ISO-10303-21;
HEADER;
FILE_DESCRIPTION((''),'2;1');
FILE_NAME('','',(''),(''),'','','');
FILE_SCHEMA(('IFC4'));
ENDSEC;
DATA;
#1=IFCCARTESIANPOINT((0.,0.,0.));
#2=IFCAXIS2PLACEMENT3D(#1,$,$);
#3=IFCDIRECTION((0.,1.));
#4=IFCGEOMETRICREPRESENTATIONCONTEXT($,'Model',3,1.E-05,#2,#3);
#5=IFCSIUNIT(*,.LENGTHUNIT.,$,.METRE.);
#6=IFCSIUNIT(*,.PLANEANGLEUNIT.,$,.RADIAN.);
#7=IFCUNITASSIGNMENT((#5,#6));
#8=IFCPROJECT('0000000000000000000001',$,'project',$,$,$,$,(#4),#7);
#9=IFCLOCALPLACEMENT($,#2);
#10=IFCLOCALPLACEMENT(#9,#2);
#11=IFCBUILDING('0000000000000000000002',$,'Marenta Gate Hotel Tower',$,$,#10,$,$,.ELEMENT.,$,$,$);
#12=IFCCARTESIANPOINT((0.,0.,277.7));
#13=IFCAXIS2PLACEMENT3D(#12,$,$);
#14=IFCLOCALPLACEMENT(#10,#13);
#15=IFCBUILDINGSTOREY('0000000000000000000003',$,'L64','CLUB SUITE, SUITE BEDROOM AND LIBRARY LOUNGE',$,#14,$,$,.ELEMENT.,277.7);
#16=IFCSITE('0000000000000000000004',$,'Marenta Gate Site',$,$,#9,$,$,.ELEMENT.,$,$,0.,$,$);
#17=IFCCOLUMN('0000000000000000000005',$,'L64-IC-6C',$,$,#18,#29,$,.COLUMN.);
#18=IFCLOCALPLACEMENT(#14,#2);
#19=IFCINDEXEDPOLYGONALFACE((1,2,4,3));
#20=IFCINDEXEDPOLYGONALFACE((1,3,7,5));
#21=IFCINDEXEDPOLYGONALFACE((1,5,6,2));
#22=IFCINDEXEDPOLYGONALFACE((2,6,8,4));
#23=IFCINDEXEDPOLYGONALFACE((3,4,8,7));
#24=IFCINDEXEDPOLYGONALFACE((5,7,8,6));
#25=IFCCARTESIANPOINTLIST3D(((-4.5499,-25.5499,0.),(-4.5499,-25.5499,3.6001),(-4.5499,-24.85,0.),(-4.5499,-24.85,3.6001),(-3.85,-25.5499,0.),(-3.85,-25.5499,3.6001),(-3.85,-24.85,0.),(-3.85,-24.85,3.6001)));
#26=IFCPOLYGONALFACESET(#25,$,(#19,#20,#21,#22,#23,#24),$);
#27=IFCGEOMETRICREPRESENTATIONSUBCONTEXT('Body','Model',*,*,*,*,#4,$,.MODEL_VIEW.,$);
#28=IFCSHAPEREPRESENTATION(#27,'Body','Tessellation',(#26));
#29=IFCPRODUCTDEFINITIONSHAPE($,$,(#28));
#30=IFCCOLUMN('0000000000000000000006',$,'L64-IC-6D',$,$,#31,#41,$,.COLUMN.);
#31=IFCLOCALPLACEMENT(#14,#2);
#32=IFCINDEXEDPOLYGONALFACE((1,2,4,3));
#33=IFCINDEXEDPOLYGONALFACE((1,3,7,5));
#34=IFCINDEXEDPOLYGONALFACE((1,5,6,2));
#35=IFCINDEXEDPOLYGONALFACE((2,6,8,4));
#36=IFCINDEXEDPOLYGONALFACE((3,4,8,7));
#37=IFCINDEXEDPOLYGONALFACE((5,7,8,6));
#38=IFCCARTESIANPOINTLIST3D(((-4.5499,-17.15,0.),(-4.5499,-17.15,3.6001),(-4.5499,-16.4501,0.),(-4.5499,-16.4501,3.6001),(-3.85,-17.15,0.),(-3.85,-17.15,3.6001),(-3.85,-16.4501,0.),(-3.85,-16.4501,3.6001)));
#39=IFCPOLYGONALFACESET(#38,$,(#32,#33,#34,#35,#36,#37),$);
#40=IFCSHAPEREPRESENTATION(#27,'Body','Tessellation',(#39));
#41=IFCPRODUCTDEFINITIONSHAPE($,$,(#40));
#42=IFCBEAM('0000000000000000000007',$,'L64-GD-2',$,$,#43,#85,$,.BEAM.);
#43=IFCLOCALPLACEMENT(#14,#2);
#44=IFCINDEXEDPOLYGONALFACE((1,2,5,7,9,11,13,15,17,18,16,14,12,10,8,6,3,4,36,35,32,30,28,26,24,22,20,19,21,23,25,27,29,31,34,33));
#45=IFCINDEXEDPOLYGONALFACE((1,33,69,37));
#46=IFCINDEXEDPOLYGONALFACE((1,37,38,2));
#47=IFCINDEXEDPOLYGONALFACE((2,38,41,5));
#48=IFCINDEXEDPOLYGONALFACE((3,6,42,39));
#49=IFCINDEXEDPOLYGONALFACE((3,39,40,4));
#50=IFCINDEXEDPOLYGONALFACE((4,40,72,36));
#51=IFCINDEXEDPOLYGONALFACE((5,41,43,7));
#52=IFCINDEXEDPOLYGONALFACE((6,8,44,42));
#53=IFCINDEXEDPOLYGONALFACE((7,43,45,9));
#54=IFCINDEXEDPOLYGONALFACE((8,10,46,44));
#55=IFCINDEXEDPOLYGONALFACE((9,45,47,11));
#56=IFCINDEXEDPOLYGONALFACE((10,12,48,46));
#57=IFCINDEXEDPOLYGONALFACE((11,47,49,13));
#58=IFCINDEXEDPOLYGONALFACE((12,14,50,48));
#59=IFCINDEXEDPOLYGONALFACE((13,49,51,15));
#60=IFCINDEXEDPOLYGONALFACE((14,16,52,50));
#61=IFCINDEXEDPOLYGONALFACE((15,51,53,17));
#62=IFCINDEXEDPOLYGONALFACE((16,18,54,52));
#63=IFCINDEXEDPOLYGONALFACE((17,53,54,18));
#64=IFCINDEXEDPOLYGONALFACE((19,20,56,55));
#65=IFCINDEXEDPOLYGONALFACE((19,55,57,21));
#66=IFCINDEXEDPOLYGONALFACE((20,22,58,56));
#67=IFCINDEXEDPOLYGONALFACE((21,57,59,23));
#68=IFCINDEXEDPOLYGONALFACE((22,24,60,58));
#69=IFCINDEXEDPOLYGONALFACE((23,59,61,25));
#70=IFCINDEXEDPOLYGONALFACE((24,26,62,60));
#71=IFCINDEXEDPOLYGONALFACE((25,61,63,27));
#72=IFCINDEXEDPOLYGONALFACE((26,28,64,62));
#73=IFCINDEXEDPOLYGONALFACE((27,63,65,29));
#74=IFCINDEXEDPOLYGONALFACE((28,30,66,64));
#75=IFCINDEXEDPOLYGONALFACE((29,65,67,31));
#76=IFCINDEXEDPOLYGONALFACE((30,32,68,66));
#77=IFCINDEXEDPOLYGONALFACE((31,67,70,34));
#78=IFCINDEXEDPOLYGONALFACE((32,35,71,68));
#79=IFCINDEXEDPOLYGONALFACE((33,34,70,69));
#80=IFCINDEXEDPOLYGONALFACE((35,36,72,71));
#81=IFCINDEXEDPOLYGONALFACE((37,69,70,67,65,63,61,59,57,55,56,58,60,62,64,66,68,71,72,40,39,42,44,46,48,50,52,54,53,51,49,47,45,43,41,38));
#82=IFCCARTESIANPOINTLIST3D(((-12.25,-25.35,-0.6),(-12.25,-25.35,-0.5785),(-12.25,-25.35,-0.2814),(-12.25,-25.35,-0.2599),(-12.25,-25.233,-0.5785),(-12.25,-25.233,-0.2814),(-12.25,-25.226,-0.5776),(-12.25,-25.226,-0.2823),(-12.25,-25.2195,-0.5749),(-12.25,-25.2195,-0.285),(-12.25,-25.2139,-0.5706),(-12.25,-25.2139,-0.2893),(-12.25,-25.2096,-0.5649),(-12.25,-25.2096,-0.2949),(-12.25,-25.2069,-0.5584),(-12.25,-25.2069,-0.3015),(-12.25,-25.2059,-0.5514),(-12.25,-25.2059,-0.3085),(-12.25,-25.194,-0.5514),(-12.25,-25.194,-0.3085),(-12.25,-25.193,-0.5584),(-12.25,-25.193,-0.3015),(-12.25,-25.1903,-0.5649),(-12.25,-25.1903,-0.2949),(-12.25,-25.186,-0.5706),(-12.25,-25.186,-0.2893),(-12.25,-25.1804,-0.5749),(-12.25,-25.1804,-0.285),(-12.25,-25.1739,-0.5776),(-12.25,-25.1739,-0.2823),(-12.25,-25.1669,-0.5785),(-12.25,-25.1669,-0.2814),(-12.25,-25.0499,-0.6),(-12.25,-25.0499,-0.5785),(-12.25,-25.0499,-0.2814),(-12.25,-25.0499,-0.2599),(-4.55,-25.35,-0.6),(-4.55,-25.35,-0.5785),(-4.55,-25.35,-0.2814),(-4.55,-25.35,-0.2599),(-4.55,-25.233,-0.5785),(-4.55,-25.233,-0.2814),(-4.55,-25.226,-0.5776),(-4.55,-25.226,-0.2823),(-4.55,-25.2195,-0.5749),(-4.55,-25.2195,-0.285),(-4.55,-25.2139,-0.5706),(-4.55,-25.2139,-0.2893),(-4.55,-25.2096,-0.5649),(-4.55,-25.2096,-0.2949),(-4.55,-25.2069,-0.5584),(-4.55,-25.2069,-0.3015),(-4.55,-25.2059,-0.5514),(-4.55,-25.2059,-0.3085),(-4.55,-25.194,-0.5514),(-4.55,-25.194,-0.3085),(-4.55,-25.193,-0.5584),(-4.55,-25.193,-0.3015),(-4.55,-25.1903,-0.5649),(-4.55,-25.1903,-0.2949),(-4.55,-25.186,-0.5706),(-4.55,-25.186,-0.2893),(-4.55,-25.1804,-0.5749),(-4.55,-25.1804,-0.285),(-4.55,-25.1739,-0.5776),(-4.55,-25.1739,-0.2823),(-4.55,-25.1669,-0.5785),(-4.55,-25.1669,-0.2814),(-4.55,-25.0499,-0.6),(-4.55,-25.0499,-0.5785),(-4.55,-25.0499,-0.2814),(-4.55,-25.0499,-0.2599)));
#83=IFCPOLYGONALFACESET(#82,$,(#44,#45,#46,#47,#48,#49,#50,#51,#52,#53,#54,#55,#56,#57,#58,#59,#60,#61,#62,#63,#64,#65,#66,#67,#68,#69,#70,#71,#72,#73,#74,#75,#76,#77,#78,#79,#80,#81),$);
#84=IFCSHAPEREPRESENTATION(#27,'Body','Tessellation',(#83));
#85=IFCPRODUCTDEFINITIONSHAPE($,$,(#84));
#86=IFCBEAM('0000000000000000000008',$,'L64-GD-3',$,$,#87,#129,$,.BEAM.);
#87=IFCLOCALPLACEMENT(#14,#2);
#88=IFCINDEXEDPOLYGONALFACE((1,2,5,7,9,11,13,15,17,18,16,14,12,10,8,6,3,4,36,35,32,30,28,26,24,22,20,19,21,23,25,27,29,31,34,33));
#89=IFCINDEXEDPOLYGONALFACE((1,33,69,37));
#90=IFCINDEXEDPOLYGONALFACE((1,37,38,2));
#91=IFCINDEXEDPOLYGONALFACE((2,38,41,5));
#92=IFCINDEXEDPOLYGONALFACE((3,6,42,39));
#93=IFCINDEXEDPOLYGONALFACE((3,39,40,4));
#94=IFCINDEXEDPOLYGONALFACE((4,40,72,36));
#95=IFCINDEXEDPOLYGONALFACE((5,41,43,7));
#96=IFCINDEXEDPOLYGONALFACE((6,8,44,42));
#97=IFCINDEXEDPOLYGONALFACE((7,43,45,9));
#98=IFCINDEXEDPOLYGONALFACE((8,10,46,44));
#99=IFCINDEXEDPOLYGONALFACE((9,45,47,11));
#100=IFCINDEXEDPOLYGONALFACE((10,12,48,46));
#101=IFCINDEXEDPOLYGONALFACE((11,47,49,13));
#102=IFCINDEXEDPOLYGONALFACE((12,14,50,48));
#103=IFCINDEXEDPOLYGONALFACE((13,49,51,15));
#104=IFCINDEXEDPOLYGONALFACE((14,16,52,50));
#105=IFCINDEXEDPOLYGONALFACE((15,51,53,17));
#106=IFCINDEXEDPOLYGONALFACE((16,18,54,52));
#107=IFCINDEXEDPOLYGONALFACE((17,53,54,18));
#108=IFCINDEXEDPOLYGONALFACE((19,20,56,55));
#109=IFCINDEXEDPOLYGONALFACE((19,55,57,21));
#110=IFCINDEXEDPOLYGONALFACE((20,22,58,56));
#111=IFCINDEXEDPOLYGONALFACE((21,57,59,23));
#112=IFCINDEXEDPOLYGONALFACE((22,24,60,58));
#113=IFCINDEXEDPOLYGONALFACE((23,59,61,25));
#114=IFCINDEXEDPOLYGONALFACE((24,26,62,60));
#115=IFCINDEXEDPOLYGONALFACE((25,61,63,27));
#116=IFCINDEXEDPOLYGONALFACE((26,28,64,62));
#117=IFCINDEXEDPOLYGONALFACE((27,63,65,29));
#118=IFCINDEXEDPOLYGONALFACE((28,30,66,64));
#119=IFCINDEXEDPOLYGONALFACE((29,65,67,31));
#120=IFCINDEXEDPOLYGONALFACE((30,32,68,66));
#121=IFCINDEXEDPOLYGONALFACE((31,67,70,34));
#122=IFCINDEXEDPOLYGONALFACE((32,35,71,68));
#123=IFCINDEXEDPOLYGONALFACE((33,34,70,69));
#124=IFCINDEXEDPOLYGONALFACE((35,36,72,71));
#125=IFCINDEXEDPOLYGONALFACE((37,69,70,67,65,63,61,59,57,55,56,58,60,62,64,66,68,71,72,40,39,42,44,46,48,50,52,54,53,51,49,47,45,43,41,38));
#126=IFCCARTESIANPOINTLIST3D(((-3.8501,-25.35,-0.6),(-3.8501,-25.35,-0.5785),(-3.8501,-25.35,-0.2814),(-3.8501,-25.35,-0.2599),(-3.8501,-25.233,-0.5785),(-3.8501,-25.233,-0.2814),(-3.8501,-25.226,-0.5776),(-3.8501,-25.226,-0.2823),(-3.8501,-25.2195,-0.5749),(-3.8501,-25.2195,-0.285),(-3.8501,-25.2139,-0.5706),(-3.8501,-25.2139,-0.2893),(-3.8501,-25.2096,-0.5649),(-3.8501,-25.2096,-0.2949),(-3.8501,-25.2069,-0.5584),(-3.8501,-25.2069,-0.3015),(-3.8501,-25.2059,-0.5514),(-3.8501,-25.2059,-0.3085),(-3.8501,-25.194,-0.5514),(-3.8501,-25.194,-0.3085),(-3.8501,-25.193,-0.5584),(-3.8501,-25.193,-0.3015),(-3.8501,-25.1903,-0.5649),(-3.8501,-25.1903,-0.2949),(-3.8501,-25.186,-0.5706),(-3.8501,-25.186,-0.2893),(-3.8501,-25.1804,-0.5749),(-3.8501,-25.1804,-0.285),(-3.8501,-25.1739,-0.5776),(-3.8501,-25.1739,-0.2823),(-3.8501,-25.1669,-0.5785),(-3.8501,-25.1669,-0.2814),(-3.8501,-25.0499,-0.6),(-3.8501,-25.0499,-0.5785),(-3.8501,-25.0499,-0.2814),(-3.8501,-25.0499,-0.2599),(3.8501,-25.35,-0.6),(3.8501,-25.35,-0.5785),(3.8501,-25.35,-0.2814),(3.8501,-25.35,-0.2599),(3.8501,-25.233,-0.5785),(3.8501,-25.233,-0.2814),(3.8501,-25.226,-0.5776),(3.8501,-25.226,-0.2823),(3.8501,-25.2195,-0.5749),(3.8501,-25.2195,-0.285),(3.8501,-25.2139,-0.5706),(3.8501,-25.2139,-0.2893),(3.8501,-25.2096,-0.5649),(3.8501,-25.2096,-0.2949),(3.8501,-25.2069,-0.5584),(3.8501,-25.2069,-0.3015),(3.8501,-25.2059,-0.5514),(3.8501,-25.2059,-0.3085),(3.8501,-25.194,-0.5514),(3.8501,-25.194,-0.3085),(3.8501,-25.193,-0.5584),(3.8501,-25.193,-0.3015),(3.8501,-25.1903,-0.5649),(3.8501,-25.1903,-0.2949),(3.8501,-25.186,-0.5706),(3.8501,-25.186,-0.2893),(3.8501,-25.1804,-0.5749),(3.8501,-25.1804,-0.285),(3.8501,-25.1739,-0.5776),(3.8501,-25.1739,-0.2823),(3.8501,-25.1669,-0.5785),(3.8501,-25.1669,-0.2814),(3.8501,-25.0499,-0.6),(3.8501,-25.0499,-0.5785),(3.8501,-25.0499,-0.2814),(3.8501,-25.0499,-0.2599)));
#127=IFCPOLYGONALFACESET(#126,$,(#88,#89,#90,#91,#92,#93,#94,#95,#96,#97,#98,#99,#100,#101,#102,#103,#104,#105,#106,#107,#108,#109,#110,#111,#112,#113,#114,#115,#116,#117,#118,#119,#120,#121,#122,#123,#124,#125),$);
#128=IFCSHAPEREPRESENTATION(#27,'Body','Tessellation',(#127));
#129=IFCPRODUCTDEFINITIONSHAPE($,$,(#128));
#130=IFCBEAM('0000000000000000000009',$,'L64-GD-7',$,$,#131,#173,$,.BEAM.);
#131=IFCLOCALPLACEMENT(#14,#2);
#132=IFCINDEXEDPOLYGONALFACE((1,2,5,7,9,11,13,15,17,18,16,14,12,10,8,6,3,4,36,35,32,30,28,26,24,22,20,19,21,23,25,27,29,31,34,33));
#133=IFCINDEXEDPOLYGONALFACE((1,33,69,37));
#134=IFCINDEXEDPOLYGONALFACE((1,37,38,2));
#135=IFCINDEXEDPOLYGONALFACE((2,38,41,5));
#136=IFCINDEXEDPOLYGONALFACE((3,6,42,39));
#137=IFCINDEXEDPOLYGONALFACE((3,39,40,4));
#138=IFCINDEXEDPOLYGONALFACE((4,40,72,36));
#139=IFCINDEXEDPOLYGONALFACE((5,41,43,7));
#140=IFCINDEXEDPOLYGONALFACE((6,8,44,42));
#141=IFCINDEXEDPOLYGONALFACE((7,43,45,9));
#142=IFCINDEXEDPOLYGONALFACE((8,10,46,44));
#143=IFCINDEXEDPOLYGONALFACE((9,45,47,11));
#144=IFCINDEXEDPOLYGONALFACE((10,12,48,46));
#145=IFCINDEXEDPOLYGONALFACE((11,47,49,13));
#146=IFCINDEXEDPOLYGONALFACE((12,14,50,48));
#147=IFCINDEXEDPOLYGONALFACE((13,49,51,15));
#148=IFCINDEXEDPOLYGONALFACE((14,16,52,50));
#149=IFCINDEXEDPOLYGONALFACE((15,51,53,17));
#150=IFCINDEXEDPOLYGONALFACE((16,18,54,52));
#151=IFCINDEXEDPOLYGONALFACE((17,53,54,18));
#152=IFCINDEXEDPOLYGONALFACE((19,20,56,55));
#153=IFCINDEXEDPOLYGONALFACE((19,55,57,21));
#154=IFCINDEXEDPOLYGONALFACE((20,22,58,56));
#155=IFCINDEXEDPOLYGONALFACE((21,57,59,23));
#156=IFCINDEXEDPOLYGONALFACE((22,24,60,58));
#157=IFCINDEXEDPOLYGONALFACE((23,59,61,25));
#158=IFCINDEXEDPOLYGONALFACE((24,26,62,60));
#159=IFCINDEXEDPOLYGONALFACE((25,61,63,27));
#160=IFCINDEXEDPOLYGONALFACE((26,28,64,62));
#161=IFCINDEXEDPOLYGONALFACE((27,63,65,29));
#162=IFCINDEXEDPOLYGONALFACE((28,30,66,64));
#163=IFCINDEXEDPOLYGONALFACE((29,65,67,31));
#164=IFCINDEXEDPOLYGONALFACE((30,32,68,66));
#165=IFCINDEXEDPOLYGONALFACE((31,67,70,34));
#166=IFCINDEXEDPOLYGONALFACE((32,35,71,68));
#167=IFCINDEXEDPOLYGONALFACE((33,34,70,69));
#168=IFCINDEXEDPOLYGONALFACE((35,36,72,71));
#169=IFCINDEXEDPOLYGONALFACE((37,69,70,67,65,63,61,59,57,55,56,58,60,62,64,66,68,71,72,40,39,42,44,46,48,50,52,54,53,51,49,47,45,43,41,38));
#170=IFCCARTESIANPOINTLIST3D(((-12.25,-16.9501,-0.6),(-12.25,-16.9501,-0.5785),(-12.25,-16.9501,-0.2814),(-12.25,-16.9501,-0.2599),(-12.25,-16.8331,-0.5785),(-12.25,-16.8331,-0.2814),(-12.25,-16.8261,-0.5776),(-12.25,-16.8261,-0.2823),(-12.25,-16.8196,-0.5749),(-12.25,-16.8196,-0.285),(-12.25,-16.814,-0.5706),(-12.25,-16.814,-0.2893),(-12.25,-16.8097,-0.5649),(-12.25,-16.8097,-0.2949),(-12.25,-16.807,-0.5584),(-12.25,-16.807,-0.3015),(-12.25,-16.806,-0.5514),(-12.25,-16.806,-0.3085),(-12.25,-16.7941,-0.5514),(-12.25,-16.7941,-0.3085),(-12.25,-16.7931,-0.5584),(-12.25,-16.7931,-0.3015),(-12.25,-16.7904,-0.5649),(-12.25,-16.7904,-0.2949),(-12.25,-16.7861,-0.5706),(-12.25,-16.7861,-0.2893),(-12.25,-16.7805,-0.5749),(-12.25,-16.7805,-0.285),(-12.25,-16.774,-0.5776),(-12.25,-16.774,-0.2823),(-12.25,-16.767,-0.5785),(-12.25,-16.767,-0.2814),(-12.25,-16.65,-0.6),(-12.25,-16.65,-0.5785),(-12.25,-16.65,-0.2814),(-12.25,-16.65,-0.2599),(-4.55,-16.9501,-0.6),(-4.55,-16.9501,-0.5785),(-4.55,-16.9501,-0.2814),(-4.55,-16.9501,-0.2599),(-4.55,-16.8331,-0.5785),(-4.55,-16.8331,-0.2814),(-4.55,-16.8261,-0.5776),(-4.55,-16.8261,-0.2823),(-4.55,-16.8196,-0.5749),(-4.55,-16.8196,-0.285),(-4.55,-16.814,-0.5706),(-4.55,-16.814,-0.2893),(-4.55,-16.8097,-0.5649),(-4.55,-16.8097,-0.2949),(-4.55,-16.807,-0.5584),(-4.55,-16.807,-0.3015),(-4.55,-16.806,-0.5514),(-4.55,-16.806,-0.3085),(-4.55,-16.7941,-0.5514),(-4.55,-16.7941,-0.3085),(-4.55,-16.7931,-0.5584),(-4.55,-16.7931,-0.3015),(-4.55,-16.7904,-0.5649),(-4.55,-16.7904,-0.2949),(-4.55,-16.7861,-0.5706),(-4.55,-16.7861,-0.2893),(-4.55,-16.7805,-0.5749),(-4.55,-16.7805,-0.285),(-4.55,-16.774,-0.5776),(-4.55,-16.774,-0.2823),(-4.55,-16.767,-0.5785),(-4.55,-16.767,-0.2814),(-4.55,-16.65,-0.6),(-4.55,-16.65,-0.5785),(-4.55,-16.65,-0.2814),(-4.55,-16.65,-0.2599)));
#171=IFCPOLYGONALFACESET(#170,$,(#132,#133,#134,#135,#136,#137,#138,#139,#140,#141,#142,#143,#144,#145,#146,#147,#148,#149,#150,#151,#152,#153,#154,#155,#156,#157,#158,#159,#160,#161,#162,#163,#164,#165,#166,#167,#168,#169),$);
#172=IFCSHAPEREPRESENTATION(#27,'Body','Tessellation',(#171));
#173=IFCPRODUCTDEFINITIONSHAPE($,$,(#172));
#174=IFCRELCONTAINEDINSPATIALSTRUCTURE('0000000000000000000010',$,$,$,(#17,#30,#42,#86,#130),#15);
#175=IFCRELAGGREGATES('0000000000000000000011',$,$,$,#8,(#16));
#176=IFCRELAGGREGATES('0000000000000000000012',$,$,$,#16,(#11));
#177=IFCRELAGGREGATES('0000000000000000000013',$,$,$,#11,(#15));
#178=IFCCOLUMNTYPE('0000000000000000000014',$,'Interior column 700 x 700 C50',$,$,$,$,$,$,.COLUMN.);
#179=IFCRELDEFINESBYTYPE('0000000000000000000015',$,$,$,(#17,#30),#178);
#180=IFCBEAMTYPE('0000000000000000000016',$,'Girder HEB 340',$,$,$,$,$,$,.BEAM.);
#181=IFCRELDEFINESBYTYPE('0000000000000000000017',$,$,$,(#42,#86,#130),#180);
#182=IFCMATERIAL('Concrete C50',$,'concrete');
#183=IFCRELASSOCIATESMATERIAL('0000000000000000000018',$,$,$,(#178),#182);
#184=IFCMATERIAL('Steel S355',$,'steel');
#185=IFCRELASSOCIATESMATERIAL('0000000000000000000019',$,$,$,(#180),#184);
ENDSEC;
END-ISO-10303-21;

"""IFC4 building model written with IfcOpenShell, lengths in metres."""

from ifc_helpers import new_model, si_unit, direction, frame, origin, origin_2d, place, context, subcontext, project, spatial, rectangle, i_section, extrude, material, material_profile, profile_set, type_object, element, save


model = new_model("IFC4")

# Units and contexts
model_context = context("Model", 3, precision=1e-05, world=origin(), true_north=direction((0.0, 1.0)))
body_context = subcontext(model_context, "Body", "Model", "MODEL_VIEW")
ifc_project = project(units=[si_unit("LENGTHUNIT", "METRE"), si_unit("PLANEANGLEUNIT", "RADIAN")], contexts=[model_context])

# Site, building, storey
site_placement = place(None, origin())
site = spatial("IfcSite", under=ifc_project, at=site_placement, Name="Marenta Gate Site", CompositionType="ELEMENT", RefElevation=0.0)
building_placement = place(site_placement, origin())
building = spatial("IfcBuilding", under=site, at=building_placement, Name="Marenta Gate Hotel Tower", CompositionType="ELEMENT")
storey_placement = place(building_placement, frame((0.0, 0.0, 277.7)))
storey = spatial("IfcBuildingStorey", under=building, at=storey_placement, Name="L64", Description="CLUB SUITE, SUITE BEDROOM AND LIBRARY LOUNGE", CompositionType="ELEMENT", Elevation=277.7)

# Columns
ifc_material_1 = material(Name="Concrete C50", Category="concrete")
ifc_material_profile_1 = material_profile(ifc_material_1, rectangle(XDim=0.7, YDim=0.7, at=origin_2d()), Name="700 x 700")
ifc_profile_set_1 = profile_set([ifc_material_profile_1], Name="Concrete C50")
column_type = type_object("IfcColumnType", Name="Interior column 700 x 700 C50", PredefinedType="COLUMN", material=ifc_profile_set_1)
for number, where, z_axis, x_axis, name in (
    (1, (-4.2, -25.2, 0.0), (0.0, 0.0, 1.0), (1.0, 0.0, 0.0), "L64-IC-6C"),
    (2, (-4.2, -16.8, 0.0), (0.0, 0.0, 1.0), (1.0, 0.0, 0.0), "L64-IC-6D"),
):
    element("IfcColumn", number, at=place(storey_placement, frame(where, z_axis=z_axis, x_axis=x_axis)), inside=storey, type_object=column_type, Name=name, PredefinedType="COLUMN", context=body_context, shape_type="SweptSolid", body=[
        extrude(rectangle(XDim=0.7, YDim=0.7, at=origin_2d()), origin(), (0.0, 0.0, 1.0), 3.6001),
    ])

# Beams
ifc_material_2 = material(Name="Steel S355", Category="steel")
ifc_material_profile_2 = material_profile(ifc_material_2, i_section(OverallWidth=0.3, OverallDepth=0.3401, WebThickness=0.012, FlangeThickness=0.0215, FilletRadius=0.0271, at=origin_2d()), Name="HEB 340")
ifc_profile_set_2 = profile_set([ifc_material_profile_2], Name="Steel S355")
beam_type = type_object("IfcBeamType", Name="Girder HEB 340", PredefinedType="BEAM", material=ifc_profile_set_2)
beam_1_placement = place(storey_placement, frame((-12.25, -25.2, -0.4299), z_axis=(1.0, 0.0, 0.0), x_axis=(0.0, 1.0, 0.0)))
element("IfcBeam", 3, at=beam_1_placement, inside=storey, type_object=beam_type, Name="L64-GD-2", PredefinedType="BEAM", context=body_context, shape_type="SweptSolid", body=[
    extrude(i_section(OverallWidth=0.3, OverallDepth=0.3401, WebThickness=0.012, FlangeThickness=0.0215, FilletRadius=0.0271, at=origin_2d()), origin(), (0.0, 0.0, 1.0), 7.7),
])
beam_2_placement = place(storey_placement, frame((-3.8501, -25.2, -0.4299), z_axis=(1.0, 0.0, 0.0), x_axis=(0.0, 1.0, 0.0)))
element("IfcBeam", 4, at=beam_2_placement, inside=storey, type_object=beam_type, Name="L64-GD-3", PredefinedType="BEAM", context=body_context, shape_type="SweptSolid", body=[
    extrude(i_section(OverallWidth=0.3, OverallDepth=0.3401, WebThickness=0.012, FlangeThickness=0.0215, FilletRadius=0.0271, at=origin_2d()), origin(), (0.0, 0.0, 1.0), 7.7002),
])
beam_3_placement = place(storey_placement, frame((-12.25, -16.8, -0.4299), z_axis=(1.0, 0.0, 0.0), x_axis=(0.0, 1.0, 0.0)))
element("IfcBeam", 5, at=beam_3_placement, inside=storey, type_object=beam_type, Name="L64-GD-7", PredefinedType="BEAM", context=body_context, shape_type="SweptSolid", body=[
    extrude(i_section(OverallWidth=0.3, OverallDepth=0.3401, WebThickness=0.012, FlangeThickness=0.0215, FilletRadius=0.0271, at=origin_2d()), origin(), (0.0, 0.0, 1.0), 7.7),
])

save(model, "model.ifc")
